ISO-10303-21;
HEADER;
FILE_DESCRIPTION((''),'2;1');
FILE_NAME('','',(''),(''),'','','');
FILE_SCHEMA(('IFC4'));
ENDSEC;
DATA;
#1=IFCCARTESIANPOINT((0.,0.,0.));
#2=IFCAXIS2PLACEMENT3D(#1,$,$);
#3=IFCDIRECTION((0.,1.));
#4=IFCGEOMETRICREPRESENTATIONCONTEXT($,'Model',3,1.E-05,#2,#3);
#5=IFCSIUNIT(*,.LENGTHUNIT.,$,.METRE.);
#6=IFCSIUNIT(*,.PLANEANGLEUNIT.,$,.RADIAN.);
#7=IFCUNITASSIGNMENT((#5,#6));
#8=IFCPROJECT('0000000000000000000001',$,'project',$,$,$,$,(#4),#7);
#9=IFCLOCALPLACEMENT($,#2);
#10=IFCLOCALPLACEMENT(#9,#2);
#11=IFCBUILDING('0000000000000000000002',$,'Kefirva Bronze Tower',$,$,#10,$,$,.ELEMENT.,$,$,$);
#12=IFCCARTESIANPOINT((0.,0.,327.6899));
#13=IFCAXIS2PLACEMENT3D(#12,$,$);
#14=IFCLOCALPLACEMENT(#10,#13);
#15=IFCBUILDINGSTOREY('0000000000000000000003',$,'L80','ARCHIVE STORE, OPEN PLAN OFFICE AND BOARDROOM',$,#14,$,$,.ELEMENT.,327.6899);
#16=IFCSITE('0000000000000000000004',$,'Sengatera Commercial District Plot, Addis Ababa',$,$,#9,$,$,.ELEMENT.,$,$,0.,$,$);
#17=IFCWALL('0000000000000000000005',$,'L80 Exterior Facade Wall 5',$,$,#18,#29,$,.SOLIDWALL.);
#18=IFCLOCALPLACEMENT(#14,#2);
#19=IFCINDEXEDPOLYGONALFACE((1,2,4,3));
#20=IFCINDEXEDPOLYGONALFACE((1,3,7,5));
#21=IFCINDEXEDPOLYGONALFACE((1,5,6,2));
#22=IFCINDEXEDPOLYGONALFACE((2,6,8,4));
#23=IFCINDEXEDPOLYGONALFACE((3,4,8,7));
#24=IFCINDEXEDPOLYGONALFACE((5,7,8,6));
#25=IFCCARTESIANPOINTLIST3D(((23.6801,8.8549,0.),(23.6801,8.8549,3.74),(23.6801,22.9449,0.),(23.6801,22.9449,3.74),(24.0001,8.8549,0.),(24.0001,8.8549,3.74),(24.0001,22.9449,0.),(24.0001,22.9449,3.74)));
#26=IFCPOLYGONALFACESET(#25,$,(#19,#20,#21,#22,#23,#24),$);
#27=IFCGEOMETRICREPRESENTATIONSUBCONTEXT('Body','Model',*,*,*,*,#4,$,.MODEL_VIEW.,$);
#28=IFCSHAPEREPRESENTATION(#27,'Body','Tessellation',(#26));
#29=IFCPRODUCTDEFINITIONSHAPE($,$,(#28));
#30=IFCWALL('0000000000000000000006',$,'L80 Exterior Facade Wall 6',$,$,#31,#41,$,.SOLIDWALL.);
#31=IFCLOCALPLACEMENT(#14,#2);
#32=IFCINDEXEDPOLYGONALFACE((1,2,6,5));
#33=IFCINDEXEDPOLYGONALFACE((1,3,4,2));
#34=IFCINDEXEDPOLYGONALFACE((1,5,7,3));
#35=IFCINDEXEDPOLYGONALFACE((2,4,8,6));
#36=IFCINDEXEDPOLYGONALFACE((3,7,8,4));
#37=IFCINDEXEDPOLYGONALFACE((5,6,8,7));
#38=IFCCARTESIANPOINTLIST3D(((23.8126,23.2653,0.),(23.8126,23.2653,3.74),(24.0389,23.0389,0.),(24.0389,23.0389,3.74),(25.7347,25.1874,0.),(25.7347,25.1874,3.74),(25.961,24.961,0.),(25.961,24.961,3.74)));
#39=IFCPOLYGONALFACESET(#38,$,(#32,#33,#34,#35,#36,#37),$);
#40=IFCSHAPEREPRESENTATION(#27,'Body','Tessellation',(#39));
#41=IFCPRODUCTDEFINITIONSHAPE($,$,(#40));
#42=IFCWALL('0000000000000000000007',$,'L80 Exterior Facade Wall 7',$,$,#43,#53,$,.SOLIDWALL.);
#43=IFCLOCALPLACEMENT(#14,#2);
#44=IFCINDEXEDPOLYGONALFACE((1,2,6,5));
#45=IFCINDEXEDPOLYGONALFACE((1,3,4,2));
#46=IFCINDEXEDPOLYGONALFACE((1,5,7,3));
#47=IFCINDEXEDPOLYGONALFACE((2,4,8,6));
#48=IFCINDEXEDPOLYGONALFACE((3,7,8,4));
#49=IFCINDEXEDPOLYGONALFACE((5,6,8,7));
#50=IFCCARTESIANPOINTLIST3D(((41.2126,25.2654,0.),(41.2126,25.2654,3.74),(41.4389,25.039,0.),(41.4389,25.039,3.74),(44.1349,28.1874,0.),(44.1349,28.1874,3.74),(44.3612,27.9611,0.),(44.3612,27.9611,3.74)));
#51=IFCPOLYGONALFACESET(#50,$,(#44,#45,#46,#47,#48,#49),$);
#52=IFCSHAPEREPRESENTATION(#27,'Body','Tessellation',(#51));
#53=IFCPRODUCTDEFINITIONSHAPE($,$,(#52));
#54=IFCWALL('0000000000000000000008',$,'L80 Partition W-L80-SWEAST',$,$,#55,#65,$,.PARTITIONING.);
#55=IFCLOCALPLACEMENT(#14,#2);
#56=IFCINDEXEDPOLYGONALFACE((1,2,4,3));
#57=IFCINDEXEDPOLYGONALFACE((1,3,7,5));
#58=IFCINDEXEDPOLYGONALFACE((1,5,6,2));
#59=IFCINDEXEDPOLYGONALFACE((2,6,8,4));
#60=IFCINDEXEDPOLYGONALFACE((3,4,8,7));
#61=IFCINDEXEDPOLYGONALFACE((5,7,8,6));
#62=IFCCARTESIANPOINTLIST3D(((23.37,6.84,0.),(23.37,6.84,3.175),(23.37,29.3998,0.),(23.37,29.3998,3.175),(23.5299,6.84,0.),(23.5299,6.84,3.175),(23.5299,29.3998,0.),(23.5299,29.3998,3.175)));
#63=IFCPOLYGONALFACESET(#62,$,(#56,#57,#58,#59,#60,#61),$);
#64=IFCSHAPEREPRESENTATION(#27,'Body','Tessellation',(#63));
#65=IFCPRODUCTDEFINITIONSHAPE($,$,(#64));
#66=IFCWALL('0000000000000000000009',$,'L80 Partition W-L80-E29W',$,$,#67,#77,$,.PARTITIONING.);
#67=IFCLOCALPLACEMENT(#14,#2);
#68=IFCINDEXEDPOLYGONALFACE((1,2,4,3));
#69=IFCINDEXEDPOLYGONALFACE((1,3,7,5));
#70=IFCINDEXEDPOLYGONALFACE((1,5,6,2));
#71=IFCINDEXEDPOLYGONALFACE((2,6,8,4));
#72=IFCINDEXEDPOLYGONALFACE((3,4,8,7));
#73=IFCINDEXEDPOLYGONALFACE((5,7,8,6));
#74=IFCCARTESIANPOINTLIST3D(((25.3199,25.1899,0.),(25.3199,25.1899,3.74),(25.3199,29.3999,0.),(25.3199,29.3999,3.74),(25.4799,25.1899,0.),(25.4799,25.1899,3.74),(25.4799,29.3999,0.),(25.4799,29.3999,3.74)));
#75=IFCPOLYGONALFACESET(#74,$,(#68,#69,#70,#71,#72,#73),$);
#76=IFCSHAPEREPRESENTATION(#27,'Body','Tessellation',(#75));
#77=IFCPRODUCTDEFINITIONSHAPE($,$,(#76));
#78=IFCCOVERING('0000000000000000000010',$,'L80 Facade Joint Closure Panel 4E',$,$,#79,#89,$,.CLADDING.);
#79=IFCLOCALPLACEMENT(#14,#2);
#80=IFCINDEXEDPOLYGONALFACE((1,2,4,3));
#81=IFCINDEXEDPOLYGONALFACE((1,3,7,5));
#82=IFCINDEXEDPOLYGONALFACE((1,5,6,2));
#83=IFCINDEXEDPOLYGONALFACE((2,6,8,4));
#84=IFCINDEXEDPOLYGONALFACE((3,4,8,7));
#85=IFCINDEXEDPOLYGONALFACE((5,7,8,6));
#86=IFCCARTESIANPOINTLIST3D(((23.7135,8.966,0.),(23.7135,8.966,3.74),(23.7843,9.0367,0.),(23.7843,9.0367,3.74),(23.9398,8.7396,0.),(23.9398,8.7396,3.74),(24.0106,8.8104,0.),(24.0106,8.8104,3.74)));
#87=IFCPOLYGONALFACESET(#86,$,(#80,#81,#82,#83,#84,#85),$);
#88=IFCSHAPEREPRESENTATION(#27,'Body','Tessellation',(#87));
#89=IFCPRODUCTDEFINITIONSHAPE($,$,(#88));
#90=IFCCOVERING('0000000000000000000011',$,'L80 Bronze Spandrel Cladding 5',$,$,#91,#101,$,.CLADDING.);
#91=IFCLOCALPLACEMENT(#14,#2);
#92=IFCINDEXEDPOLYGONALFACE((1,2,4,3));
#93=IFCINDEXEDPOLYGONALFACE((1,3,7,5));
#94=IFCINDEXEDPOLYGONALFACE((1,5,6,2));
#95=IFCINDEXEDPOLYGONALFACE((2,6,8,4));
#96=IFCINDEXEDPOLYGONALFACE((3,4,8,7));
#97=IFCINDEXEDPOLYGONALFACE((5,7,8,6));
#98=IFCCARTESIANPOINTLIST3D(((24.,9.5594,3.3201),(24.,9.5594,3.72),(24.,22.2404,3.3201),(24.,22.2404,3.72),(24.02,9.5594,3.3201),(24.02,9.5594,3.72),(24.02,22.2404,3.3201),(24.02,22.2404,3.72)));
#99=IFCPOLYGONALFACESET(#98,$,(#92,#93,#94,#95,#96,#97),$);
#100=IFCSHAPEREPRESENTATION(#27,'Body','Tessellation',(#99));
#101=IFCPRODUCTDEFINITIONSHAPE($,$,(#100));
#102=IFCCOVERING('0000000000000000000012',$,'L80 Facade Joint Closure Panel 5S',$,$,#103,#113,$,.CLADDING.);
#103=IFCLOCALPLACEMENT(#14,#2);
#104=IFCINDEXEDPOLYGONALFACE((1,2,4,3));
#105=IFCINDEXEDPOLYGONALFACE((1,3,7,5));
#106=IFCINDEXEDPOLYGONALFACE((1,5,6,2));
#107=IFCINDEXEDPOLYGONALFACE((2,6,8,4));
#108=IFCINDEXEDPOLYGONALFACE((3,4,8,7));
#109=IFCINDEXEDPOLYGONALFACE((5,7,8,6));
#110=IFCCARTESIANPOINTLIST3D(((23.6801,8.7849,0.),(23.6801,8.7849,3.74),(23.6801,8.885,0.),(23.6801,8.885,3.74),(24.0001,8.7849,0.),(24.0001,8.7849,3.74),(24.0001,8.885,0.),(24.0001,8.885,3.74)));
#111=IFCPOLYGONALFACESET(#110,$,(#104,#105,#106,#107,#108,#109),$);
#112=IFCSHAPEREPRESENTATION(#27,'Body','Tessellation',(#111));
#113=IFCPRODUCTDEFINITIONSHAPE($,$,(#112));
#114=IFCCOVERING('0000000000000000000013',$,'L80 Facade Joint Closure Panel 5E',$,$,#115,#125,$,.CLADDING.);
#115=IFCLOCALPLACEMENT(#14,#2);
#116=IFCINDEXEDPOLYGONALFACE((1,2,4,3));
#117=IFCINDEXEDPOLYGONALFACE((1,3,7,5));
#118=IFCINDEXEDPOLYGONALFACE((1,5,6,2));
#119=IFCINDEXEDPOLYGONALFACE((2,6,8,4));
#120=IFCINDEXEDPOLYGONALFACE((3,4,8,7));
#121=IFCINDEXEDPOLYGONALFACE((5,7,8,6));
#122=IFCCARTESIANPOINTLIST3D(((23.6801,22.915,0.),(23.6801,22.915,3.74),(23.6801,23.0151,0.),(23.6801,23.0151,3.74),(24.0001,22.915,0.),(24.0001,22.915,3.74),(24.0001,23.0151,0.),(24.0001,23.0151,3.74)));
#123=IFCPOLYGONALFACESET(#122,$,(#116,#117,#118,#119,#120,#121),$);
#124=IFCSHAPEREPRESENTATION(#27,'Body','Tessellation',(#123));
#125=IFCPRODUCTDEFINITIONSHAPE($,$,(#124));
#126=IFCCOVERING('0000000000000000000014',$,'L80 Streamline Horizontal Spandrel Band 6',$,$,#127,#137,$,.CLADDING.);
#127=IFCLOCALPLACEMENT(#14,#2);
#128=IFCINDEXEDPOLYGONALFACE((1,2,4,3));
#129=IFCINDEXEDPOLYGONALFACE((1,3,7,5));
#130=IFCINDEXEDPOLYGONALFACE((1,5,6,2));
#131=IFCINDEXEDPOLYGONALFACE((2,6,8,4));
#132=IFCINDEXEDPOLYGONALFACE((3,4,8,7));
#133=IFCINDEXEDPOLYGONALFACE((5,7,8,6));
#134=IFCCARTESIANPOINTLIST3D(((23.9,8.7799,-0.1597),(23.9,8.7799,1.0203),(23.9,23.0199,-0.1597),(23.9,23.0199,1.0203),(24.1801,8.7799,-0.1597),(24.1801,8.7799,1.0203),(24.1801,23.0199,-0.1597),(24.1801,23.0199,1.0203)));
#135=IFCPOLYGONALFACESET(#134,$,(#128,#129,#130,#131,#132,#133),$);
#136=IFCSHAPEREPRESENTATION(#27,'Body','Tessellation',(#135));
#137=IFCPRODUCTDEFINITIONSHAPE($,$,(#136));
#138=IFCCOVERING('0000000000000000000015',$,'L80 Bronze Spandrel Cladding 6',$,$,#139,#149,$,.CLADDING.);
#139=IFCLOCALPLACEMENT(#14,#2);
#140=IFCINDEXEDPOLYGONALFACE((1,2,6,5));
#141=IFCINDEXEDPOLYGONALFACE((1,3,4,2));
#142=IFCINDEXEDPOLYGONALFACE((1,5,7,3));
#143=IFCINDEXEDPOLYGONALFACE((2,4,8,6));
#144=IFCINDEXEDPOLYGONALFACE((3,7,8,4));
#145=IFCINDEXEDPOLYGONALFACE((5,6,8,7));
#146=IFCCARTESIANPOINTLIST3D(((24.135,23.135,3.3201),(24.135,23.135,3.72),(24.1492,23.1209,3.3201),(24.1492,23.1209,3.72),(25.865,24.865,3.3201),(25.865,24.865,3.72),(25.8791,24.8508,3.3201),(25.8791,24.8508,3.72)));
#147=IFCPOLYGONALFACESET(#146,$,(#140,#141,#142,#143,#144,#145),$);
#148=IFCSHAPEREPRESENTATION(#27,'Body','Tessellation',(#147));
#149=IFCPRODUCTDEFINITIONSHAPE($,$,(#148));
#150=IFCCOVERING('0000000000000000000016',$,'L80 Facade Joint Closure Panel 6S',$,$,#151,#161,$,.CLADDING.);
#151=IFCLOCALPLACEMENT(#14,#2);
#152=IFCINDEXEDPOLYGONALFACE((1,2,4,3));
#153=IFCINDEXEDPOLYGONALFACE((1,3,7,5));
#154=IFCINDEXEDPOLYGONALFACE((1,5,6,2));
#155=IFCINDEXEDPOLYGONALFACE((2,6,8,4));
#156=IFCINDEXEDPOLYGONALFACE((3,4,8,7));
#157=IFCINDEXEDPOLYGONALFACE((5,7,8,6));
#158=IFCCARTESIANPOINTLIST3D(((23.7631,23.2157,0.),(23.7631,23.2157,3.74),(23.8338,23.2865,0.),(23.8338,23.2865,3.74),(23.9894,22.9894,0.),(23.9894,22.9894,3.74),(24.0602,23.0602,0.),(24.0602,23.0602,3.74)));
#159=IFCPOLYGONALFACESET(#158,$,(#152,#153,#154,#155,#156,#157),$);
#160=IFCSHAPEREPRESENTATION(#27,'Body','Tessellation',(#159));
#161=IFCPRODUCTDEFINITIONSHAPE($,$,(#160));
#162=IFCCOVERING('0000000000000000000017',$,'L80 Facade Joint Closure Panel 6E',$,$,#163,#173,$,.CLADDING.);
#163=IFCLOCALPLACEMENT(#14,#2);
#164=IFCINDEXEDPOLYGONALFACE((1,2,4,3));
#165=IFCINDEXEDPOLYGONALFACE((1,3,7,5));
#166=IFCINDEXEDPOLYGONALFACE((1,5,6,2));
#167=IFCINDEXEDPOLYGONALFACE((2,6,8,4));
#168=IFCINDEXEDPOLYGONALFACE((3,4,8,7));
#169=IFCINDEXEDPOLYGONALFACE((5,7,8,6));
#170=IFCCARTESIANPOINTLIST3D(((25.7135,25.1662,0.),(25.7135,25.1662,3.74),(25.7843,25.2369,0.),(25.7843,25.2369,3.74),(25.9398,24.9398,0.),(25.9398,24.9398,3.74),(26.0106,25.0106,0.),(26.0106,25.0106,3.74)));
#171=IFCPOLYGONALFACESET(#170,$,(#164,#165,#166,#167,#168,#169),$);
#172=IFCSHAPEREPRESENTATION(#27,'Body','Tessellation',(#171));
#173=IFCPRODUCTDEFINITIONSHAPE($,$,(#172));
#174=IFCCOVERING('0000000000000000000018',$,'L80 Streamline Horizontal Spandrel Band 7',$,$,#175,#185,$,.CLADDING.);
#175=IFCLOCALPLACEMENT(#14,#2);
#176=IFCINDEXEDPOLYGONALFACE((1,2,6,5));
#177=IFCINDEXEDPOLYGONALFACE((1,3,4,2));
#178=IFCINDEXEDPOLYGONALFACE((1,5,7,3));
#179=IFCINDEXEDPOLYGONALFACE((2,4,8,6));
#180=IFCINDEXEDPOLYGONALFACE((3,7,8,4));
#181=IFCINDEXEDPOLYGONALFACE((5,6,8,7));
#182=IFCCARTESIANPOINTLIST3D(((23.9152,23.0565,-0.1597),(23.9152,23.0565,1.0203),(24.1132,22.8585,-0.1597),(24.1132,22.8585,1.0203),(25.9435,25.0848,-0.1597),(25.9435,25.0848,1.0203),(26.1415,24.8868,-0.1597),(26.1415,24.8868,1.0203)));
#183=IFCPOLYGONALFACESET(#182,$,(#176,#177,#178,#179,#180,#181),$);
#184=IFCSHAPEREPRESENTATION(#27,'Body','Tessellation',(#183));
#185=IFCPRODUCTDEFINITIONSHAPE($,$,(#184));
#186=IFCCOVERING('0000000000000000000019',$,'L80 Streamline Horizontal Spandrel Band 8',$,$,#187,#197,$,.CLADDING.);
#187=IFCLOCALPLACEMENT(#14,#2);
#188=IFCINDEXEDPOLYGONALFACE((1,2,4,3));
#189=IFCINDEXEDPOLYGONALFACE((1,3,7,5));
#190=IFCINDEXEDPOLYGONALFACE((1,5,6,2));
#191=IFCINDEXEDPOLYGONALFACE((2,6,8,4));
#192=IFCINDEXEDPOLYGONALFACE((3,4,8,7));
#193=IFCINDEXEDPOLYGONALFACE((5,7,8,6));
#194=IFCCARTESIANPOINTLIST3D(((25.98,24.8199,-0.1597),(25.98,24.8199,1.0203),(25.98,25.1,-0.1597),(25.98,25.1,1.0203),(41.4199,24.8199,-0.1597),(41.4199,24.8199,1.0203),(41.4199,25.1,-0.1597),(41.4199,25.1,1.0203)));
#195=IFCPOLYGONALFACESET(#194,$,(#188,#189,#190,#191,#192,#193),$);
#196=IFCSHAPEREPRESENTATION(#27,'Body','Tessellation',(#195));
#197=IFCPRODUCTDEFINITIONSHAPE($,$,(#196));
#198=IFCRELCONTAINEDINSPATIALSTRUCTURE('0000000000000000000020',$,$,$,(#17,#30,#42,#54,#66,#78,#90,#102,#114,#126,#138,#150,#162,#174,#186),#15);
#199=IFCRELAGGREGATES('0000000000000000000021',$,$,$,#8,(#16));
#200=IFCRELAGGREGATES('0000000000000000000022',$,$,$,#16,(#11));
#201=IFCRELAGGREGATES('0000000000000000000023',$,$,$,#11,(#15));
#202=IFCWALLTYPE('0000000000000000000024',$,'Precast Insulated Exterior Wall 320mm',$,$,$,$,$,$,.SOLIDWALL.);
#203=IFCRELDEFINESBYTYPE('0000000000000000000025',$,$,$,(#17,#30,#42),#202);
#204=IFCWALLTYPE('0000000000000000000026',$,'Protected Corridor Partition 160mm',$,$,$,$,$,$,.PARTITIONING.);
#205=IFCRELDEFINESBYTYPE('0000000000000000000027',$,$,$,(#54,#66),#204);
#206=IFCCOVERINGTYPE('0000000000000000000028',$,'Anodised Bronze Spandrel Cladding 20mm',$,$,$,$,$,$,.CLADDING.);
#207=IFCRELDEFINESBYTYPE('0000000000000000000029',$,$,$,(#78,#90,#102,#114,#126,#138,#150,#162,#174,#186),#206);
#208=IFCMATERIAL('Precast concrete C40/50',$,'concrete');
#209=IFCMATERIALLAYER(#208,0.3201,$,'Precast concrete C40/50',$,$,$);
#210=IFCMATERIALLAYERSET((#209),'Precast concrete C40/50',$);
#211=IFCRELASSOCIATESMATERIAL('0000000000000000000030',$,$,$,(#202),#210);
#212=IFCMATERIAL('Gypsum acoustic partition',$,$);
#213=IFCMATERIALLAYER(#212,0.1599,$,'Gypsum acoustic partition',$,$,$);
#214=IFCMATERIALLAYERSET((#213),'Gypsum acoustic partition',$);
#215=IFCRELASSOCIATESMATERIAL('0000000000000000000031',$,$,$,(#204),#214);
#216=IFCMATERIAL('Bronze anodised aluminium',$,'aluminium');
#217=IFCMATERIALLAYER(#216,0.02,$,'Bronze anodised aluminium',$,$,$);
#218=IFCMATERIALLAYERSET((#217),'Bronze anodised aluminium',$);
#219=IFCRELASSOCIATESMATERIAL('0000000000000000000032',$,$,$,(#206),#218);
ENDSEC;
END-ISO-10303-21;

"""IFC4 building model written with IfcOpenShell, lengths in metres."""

from ifc_helpers import new_model, si_unit, direction, frame, frame_2d, origin, origin_2d, place, context, subcontext, project, spatial, rectangle, extrude, material, layer, layer_set, type_object, element, save


model = new_model("IFC4")

# Units and contexts
model_context = context("Model", 3, precision=1e-05, world=origin(), true_north=direction((0.0, 1.0)))
body_context = subcontext(model_context, "Body", "Model", "MODEL_VIEW")
ifc_project = project(units=[si_unit("LENGTHUNIT", "METRE"), si_unit("PLANEANGLEUNIT", "RADIAN")], contexts=[model_context])

# Site, building, storey
site_placement = place(None, origin())
site = spatial("IfcSite", under=ifc_project, at=site_placement, Name="Sengatera Commercial District Plot, Addis Ababa", CompositionType="ELEMENT", RefElevation=0.0)
building_placement = place(site_placement, origin())
building = spatial("IfcBuilding", under=site, at=building_placement, Name="Kefirva Bronze Tower", CompositionType="ELEMENT")
storey_placement = place(building_placement, frame((0.0, 0.0, 327.6899)))
storey = spatial("IfcBuildingStorey", under=building, at=storey_placement, Name="L80", Description="ARCHIVE STORE, OPEN PLAN OFFICE AND BOARDROOM", CompositionType="ELEMENT", Elevation=327.6899)

# Shared definitions
ifc_material_1 = material(Name="Bronze anodised aluminium", Category="aluminium")

# Walls
ifc_material_2 = material(Name="Precast concrete C40/50", Category="concrete")
ifc_layer_1 = layer(ifc_material_2, 0.3201, Name="Precast concrete C40/50")
ifc_layer_set_1 = layer_set([ifc_layer_1], Name="Precast concrete C40/50")
wall_type_1 = type_object("IfcWallType", Name="Precast Insulated Exterior Wall 320mm", PredefinedType="SOLIDWALL", material=ifc_layer_set_1)
wall_1_placement = place(storey_placement, frame((23.8401, 8.855, 0.0), z_axis=(0.0, 0.0, 1.0), x_axis=(0.0, 1.0, 0.0)))
element("IfcWall", 1, at=wall_1_placement, inside=storey, type_object=wall_type_1, Name="L80 Exterior Facade Wall 5", PredefinedType="SOLIDWALL", context=body_context, shape_type="SweptSolid", body=[
    extrude(rectangle(XDim=14.0901, YDim=0.3201, at=frame_2d((7.0449, 0.0))), origin(), (0.0, 0.0, 1.0), 3.74),
])
wall_2_placement = place(storey_placement, frame((23.9258, 23.1521, 0.0), z_axis=(0.0, 0.0, 1.0), x_axis=(0.707107, 0.707107, 0.0)))
element("IfcWall", 2, at=wall_2_placement, inside=storey, type_object=wall_type_1, Name="L80 Exterior Facade Wall 6", PredefinedType="SOLIDWALL", context=body_context, shape_type="SweptSolid", body=[
    extrude(rectangle(XDim=2.7183, YDim=0.3201, at=frame_2d((1.3591, 0.0))), origin(), (0.0, 0.0, 1.0), 3.74),
])
wall_3_placement = place(storey_placement, frame((41.3257, 25.1521, 0.0), z_axis=(0.0, 0.0, 1.0), x_axis=(0.707136, 0.707077, 0.0)))
element("IfcWall", 3, at=wall_3_placement, inside=storey, type_object=wall_type_1, Name="L80 Exterior Facade Wall 7", PredefinedType="SOLIDWALL", context=body_context, shape_type="SweptSolid", body=[
    extrude(rectangle(XDim=4.1326, YDim=0.3201, at=frame_2d((2.0664, 0.0))), origin(), (0.0, 0.0, 1.0), 3.74),
])
ifc_material_3 = material(Name="Gypsum acoustic partition")
ifc_layer_2 = layer(ifc_material_3, 0.1599, Name="Gypsum acoustic partition")
ifc_layer_set_2 = layer_set([ifc_layer_2], Name="Gypsum acoustic partition")
wall_type_2 = type_object("IfcWallType", Name="Protected Corridor Partition 160mm", PredefinedType="PARTITIONING", material=ifc_layer_set_2)
wall_4_placement = place(storey_placement, frame((23.45, 6.8401, 0.0), z_axis=(0.0, 0.0, 1.0), x_axis=(0.0, 1.0, 0.0)))
element("IfcWall", 4, at=wall_4_placement, inside=storey, type_object=wall_type_2, Name="L80 Partition W-L80-SWEAST", PredefinedType="PARTITIONING", context=body_context, shape_type="SweptSolid", body=[
    extrude(rectangle(XDim=22.5598, YDim=0.1599, at=frame_2d((11.2798, 0.0))), origin(), (0.0, 0.0, 1.0), 3.175),
])
wall_5_placement = place(storey_placement, frame((25.3999, 25.1899, 0.0), z_axis=(0.0, 0.0, 1.0), x_axis=(0.0, 1.0, 0.0)))
element("IfcWall", 5, at=wall_5_placement, inside=storey, type_object=wall_type_2, Name="L80 Partition W-L80-E29W", PredefinedType="PARTITIONING", context=body_context, shape_type="SweptSolid", body=[
    extrude(rectangle(XDim=4.21, YDim=0.1599, at=frame_2d((2.105, 0.0))), origin(), (0.0, 0.0, 1.0), 3.74),
])

# Coverings
ifc_layer_3 = layer(ifc_material_1, 0.02, Name="Bronze anodised aluminium")
ifc_layer_set_3 = layer_set([ifc_layer_3], Name="Bronze anodised aluminium")
covering_type_1 = type_object("IfcCoveringType", Name="Anodised Bronze Spandrel Cladding 20mm", PredefinedType="CLADDING", material=ifc_layer_set_3)
covering_1_placement = place(storey_placement, frame((23.8621, 8.8882, 0.0), z_axis=(0.0, 0.0, 1.0), x_axis=(0.707107, 0.707107, 0.0)))
element("IfcCovering", 6, at=covering_1_placement, inside=storey, type_object=covering_type_1, Name="L80 Facade Joint Closure Panel 4E", PredefinedType="CLADDING", context=body_context, shape_type="SweptSolid", body=[
    extrude(rectangle(XDim=0.1001, YDim=0.3201, at=origin_2d()), origin(), (0.0, 0.0, 1.0), 3.74),
])
covering_2_placement = place(storey_placement, frame((24.01, 15.8999, 3.3201), z_axis=(0.0, 0.0, 1.0), x_axis=(0.0, 1.0, 0.0)))
element("IfcCovering", 7, at=covering_2_placement, inside=storey, type_object=covering_type_1, Name="L80 Bronze Spandrel Cladding 5", PredefinedType="CLADDING", context=body_context, shape_type="SweptSolid", body=[
    extrude(rectangle(XDim=12.6809, YDim=0.02, at=origin_2d()), origin(), (0.0, 0.0, 1.0), 0.3999),
])
for number, where, z_axis, x_axis, name in (
    (8, (23.8401, 8.835, 0.0), (0.0, 0.0, 1.0), (0.0, 1.0, 0.0), "L80 Facade Joint Closure Panel 5S"),
    (9, (23.8401, 22.9651, 0.0), (0.0, 0.0, 1.0), (0.0, 1.0, 0.0), "L80 Facade Joint Closure Panel 5E"),
):
    element("IfcCovering", number, at=place(storey_placement, frame(where, z_axis=z_axis, x_axis=x_axis)), inside=storey, type_object=covering_type_1, Name=name, PredefinedType="CLADDING", context=body_context, shape_type="SweptSolid", body=[
        extrude(rectangle(XDim=0.1001, YDim=0.3201, at=origin_2d()), origin(), (0.0, 0.0, 1.0), 3.74),
    ])
covering_3_placement = place(storey_placement, frame((24.04, 15.8999, -0.1597), z_axis=(0.0, 0.0, 1.0), x_axis=(0.0, 1.0, 0.0)))
element("IfcCovering", 10, at=covering_3_placement, inside=storey, type_object=covering_type_1, Name="L80 Streamline Horizontal Spandrel Band 6", PredefinedType="CLADDING", context=body_context, shape_type="SweptSolid", body=[
    extrude(rectangle(XDim=14.24, YDim=0.28, at=origin_2d()), origin(), (0.0, 0.0, 1.0), 1.1799),
])
covering_4_placement = place(storey_placement, frame((25.0071, 23.9929, 3.3201), z_axis=(0.0, 0.0, 1.0), x_axis=(0.707107, 0.707107, 0.0)))
element("IfcCovering", 11, at=covering_4_placement, inside=storey, type_object=covering_type_1, Name="L80 Bronze Spandrel Cladding 6", PredefinedType="CLADDING", context=body_context, shape_type="SweptSolid", body=[
    extrude(rectangle(XDim=2.4465, YDim=0.02, at=origin_2d()), origin(), (0.0, 0.0, 1.0), 0.3999),
])
for number, where, z_axis, x_axis, name in (
    (12, (23.9116, 23.1379, 0.0), (0.0, 0.0, 1.0), (0.707107, 0.707107, 0.0), "L80 Facade Joint Closure Panel 6S"),
    (13, (25.8621, 25.0884, 0.0), (0.0, 0.0, 1.0), (0.707107, 0.707107, 0.0), "L80 Facade Joint Closure Panel 6E"),
):
    element("IfcCovering", number, at=place(storey_placement, frame(where, z_axis=z_axis, x_axis=x_axis)), inside=storey, type_object=covering_type_1, Name=name, PredefinedType="CLADDING", context=body_context, shape_type="SweptSolid", body=[
        extrude(rectangle(XDim=0.1001, YDim=0.3201, at=origin_2d()), origin(), (0.0, 0.0, 1.0), 3.74),
    ])
covering_5_placement = place(storey_placement, frame((25.0283, 23.9717, -0.1597), z_axis=(0.0, 0.0, 1.0), x_axis=(0.707107, 0.707107, 0.0)))
element("IfcCovering", 14, at=covering_5_placement, inside=storey, type_object=covering_type_1, Name="L80 Streamline Horizontal Spandrel Band 7", PredefinedType="CLADDING", context=body_context, shape_type="SweptSolid", body=[
    extrude(rectangle(XDim=2.8684, YDim=0.28, at=origin_2d()), origin(), (0.0, 0.0, 1.0), 1.1799),
])
covering_6_placement = place(storey_placement, frame((33.7, 24.96, -0.1597), z_axis=(0.0, 0.0, 1.0), x_axis=(1.0, 0.0, 0.0)))
element("IfcCovering", 15, at=covering_6_placement, inside=storey, type_object=covering_type_1, Name="L80 Streamline Horizontal Spandrel Band 8", PredefinedType="CLADDING", context=body_context, shape_type="SweptSolid", body=[
    extrude(rectangle(XDim=15.4399, YDim=0.28, at=origin_2d()), origin(), (0.0, 0.0, 1.0), 1.1799),
])

save(model, "model.ifc")
